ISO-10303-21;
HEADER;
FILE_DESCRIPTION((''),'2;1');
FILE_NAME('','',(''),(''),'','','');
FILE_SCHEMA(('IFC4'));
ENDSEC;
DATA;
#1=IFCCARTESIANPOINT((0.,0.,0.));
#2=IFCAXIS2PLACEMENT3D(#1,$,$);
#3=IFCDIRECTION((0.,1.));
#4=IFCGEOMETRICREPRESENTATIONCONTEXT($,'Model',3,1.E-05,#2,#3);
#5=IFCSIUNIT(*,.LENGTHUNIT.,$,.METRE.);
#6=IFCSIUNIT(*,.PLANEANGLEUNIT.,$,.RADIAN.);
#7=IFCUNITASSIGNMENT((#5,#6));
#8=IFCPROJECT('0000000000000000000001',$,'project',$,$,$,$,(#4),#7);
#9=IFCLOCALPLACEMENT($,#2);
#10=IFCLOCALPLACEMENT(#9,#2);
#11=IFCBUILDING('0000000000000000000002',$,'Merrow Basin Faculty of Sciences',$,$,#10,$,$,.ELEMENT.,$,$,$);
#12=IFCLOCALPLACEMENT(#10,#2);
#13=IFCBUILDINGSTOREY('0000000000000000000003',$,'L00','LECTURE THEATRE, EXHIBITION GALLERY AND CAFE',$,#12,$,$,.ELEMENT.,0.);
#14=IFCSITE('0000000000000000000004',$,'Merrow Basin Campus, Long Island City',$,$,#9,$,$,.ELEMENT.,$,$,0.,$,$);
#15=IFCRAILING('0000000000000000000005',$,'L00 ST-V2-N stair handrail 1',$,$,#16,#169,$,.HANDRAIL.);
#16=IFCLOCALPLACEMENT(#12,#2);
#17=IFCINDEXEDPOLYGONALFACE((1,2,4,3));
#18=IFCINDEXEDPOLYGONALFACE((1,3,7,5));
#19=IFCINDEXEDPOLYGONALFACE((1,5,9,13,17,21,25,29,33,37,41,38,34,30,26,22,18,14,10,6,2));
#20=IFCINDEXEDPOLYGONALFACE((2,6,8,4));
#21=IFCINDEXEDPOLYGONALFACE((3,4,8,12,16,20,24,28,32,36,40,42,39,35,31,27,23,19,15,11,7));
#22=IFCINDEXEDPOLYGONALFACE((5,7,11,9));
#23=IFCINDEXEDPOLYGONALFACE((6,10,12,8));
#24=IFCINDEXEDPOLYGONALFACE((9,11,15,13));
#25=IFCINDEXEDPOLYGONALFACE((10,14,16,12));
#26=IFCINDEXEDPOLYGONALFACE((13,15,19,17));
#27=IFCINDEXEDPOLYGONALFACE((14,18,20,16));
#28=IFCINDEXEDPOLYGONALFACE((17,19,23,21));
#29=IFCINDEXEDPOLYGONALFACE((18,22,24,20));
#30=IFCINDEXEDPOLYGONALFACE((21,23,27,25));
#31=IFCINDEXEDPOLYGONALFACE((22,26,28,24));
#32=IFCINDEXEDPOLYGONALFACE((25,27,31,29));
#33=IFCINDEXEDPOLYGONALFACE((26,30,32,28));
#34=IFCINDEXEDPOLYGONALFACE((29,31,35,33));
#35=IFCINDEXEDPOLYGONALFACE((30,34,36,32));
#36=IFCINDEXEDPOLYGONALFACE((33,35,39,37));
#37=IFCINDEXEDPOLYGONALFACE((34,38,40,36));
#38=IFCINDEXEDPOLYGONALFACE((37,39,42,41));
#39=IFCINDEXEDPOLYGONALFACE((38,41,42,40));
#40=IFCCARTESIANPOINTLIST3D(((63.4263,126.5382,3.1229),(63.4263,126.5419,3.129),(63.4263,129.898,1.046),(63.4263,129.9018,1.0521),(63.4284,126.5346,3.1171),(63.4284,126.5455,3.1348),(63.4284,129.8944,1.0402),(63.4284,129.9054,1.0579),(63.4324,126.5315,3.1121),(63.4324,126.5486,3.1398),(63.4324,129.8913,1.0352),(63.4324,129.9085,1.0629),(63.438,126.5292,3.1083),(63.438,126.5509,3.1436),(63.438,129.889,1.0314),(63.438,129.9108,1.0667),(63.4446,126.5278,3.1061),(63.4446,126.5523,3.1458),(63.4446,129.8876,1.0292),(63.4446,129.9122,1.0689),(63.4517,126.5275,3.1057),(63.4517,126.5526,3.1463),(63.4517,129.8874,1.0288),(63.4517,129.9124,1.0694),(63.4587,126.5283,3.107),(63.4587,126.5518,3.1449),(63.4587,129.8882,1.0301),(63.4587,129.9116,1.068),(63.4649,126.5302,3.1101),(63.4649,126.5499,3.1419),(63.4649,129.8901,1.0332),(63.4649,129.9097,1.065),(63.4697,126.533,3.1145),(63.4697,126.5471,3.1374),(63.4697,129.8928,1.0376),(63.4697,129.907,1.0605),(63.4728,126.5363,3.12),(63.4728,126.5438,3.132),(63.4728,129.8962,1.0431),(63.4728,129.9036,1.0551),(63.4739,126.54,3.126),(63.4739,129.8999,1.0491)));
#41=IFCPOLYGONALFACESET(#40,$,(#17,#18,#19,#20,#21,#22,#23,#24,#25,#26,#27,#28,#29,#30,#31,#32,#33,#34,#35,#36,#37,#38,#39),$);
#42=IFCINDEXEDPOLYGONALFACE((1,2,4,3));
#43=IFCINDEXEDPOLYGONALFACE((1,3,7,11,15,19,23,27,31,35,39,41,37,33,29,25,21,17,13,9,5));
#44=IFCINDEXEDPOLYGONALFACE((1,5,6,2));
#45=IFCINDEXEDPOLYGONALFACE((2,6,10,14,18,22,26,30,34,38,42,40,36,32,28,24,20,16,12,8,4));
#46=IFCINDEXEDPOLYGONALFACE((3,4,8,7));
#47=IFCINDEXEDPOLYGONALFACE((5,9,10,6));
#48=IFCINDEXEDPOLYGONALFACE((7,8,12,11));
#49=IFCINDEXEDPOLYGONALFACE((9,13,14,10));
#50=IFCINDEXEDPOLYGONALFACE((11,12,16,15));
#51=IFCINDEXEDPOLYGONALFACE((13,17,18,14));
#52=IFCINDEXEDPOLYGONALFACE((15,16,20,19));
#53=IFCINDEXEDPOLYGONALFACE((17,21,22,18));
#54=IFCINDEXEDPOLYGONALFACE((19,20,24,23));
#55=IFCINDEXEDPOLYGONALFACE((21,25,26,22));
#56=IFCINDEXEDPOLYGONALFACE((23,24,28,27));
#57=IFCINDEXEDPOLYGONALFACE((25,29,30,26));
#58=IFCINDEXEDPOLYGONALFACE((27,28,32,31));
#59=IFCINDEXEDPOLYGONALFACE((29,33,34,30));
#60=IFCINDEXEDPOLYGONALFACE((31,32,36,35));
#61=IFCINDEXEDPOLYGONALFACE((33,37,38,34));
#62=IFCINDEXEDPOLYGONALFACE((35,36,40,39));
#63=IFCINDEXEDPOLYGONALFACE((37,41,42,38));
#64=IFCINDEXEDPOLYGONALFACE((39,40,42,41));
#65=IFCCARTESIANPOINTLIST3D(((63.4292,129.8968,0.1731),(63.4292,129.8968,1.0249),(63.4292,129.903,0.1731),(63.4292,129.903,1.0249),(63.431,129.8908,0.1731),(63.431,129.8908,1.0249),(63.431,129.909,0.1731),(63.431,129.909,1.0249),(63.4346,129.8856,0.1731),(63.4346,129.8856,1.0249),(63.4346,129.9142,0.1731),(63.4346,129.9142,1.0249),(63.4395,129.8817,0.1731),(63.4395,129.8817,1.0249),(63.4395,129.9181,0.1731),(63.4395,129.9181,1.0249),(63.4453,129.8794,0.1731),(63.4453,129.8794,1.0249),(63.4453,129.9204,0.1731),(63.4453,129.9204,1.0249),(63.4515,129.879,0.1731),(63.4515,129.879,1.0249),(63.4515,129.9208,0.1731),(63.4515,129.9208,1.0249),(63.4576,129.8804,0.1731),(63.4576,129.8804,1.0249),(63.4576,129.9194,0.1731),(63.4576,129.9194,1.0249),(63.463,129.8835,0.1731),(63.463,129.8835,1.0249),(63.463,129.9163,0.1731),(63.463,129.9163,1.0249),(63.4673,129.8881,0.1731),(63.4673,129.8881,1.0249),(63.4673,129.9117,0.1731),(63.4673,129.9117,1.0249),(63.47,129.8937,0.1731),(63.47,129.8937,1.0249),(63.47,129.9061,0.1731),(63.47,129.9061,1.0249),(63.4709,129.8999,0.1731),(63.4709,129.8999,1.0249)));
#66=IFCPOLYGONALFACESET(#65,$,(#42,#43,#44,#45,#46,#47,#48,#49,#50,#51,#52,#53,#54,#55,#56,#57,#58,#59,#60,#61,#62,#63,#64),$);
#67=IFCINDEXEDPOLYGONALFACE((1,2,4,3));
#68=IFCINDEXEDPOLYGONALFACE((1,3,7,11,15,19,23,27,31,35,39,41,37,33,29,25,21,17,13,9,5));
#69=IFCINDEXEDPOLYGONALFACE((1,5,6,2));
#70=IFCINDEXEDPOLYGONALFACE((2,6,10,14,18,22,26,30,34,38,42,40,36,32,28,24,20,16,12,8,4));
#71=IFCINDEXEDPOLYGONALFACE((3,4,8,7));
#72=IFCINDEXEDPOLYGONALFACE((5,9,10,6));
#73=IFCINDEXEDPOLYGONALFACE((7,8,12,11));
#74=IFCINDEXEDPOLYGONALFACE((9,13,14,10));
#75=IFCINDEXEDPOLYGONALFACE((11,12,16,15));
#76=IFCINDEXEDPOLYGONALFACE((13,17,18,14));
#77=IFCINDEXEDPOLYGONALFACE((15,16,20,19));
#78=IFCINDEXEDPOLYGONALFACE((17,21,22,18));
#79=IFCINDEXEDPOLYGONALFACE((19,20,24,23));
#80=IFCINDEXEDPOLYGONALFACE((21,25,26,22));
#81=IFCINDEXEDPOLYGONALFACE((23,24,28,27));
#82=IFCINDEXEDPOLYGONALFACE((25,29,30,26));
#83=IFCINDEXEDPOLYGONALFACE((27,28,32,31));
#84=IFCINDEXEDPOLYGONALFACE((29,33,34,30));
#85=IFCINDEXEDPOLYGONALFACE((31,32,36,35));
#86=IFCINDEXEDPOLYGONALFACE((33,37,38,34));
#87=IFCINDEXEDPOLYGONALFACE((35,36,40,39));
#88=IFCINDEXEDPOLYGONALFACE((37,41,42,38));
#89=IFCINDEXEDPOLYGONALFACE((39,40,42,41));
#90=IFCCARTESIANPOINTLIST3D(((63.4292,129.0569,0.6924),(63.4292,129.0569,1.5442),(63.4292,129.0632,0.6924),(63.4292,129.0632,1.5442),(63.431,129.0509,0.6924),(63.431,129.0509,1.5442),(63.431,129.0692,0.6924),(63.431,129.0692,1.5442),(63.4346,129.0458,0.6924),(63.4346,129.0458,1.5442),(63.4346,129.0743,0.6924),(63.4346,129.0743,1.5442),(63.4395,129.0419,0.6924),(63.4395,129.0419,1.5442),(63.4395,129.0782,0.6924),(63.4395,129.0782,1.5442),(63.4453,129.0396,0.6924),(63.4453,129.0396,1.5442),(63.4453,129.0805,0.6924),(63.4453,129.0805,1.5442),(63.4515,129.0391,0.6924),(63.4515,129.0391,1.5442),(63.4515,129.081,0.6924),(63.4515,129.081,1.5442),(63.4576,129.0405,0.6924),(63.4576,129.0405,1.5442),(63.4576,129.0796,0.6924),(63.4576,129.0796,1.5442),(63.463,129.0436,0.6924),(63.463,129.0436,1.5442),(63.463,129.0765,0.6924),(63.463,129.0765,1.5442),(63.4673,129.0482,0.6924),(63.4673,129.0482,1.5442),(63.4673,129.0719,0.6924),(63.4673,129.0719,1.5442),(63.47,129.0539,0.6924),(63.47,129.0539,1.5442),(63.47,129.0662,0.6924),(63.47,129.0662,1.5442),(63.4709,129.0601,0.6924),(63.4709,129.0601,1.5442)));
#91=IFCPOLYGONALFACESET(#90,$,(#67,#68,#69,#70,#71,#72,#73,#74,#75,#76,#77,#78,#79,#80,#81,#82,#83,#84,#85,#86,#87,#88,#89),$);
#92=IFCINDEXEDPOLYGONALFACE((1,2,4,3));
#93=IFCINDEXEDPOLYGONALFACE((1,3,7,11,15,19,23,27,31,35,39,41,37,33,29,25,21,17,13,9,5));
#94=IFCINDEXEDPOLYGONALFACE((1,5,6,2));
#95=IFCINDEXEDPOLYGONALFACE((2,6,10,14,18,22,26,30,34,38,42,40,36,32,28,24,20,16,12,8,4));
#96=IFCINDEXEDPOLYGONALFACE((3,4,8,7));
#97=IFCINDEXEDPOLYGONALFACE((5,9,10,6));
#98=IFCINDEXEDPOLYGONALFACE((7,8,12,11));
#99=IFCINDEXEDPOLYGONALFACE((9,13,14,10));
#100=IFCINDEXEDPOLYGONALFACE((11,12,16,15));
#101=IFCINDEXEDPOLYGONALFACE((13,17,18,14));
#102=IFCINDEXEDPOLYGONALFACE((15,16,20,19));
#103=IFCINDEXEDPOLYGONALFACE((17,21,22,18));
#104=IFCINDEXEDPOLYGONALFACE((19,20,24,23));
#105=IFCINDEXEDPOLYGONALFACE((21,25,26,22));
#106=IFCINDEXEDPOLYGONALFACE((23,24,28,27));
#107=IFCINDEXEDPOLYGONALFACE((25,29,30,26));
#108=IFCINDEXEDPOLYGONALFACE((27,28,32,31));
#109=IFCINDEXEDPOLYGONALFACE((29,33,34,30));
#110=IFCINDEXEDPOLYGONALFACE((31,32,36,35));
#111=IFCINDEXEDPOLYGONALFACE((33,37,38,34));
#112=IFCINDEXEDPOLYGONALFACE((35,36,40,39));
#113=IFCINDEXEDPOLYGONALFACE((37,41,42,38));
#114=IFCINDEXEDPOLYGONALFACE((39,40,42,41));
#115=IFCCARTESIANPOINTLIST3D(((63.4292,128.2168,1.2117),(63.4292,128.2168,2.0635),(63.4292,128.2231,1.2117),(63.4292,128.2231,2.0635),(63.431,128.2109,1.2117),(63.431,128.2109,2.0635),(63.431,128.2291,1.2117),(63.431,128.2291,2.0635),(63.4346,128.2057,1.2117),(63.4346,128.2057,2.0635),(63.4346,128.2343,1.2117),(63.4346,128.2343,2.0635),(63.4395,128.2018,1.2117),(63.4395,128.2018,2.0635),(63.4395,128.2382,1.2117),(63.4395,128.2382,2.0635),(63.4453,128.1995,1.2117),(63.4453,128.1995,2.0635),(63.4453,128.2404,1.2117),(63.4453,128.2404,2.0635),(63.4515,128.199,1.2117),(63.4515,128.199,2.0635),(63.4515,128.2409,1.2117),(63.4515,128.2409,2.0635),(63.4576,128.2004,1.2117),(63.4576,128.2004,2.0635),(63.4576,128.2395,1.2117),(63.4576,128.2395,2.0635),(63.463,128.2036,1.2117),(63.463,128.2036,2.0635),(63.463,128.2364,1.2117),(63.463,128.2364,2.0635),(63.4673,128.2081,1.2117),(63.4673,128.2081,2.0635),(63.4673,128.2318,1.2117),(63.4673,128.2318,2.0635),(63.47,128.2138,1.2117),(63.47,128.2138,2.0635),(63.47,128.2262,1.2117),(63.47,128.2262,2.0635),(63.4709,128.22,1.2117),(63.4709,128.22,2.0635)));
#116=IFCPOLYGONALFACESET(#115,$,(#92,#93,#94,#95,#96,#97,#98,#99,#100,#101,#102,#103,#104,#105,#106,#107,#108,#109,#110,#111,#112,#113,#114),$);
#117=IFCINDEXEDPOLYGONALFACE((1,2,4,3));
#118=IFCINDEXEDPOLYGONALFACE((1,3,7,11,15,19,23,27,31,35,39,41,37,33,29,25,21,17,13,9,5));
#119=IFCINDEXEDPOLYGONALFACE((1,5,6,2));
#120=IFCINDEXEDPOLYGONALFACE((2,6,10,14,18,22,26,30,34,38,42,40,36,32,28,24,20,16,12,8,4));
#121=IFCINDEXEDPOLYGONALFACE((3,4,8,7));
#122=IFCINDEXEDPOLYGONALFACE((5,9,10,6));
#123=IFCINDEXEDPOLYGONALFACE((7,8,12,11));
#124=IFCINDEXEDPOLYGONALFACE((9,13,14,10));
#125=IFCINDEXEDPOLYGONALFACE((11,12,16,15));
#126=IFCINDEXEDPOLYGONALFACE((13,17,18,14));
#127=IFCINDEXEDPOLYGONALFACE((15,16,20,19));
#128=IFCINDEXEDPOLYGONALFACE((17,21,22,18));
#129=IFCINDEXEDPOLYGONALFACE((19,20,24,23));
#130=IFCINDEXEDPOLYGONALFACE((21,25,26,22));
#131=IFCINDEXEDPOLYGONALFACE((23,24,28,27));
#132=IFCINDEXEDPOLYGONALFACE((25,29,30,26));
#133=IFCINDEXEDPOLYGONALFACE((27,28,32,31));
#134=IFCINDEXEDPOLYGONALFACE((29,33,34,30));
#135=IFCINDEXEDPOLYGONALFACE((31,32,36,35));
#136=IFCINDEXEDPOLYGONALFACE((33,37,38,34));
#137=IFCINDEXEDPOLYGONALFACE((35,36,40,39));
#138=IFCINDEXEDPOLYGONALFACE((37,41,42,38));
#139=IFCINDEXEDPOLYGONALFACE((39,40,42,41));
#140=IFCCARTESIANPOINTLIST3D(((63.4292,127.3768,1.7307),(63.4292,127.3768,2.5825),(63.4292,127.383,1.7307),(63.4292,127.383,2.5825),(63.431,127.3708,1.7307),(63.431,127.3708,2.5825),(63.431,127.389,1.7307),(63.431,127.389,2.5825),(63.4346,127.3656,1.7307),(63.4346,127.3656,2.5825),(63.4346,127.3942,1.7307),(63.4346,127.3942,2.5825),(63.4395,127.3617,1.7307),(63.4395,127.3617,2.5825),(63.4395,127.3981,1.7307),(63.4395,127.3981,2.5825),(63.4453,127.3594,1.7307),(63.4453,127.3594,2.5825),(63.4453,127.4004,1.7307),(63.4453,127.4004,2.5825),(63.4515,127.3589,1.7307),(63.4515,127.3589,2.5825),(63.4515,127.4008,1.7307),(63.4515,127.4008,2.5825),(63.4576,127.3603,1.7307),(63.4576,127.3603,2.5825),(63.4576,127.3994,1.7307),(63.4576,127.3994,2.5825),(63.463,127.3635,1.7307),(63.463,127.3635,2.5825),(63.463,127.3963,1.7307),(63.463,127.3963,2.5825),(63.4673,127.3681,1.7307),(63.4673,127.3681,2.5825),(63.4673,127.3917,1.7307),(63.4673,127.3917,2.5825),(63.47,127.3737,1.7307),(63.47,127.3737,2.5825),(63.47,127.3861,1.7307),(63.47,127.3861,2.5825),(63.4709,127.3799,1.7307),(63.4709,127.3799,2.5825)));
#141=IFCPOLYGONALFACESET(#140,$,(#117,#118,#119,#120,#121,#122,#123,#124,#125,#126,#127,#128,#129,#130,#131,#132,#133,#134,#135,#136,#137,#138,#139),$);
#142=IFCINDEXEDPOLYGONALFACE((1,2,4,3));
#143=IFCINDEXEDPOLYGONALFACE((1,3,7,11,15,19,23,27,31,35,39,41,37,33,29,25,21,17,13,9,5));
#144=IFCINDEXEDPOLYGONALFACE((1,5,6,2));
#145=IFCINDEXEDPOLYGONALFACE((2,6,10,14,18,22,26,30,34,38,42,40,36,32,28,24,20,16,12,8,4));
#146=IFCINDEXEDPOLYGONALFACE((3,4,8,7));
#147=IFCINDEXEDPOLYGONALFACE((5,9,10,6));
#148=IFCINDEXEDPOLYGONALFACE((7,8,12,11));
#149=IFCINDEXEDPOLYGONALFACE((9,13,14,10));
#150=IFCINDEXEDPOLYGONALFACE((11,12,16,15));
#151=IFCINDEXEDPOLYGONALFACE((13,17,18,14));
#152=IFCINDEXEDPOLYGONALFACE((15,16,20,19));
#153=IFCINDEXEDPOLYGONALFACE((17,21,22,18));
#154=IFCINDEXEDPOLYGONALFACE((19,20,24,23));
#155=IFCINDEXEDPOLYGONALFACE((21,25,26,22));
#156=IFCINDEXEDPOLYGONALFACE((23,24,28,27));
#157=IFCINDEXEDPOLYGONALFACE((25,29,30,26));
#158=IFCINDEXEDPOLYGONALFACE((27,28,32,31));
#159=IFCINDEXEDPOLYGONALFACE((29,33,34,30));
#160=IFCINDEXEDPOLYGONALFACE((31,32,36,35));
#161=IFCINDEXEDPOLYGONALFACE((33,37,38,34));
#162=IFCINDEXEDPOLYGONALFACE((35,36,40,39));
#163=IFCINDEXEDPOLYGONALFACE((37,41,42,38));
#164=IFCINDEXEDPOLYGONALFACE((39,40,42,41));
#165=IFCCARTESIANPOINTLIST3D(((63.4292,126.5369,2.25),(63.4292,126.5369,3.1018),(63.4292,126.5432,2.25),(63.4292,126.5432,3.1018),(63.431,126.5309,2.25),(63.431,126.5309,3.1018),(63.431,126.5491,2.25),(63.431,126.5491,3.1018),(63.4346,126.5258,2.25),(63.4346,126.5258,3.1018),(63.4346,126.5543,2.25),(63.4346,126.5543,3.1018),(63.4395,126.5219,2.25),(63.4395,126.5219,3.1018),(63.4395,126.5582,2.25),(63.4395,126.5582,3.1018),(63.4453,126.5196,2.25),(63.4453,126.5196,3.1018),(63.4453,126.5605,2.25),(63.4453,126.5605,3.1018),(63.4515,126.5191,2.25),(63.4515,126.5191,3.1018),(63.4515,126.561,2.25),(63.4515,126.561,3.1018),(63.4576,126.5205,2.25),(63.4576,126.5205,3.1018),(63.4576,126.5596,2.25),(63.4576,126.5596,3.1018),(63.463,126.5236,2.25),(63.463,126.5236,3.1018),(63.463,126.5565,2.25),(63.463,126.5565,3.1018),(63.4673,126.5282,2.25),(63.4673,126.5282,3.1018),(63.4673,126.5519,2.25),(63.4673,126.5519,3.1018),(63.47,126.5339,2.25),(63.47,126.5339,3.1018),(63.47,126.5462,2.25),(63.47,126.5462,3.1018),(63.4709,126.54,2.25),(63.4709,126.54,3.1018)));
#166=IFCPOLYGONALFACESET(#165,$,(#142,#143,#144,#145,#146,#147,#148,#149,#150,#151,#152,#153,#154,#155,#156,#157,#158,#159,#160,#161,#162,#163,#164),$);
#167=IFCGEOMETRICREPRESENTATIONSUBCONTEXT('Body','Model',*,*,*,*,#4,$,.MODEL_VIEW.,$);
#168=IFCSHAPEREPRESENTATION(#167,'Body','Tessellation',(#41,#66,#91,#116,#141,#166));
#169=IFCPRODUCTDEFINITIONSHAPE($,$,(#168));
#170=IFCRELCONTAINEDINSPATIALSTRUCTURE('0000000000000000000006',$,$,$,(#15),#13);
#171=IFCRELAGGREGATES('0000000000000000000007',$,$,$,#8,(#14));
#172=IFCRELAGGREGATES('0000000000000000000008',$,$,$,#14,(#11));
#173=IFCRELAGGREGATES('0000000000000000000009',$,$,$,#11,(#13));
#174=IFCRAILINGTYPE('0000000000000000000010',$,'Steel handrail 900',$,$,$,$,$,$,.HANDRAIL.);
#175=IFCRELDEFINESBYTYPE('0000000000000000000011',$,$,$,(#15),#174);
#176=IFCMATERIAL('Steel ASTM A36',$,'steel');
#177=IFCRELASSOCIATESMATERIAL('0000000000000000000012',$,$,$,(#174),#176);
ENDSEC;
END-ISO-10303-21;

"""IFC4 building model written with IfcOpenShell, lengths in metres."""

from ifc_helpers import new_model, si_unit, direction, frame, origin, origin_2d, place, context, subcontext, project, spatial, circle, extrude, material, type_object, element, save


model = new_model("IFC4")

# Units and contexts
model_context = context("Model", 3, precision=1e-05, world=origin(), true_north=direction((0.0, 1.0)))
body_context = subcontext(model_context, "Body", "Model", "MODEL_VIEW")
ifc_project = project(units=[si_unit("LENGTHUNIT", "METRE"), si_unit("PLANEANGLEUNIT", "RADIAN")], contexts=[model_context])

# Site, building, storey
site_placement = place(None, origin())
site = spatial("IfcSite", under=ifc_project, at=site_placement, Name="Merrow Basin Campus, Long Island City", CompositionType="ELEMENT", RefElevation=0.0)
building_placement = place(site_placement, origin())
building = spatial("IfcBuilding", under=site, at=building_placement, Name="Merrow Basin Faculty of Sciences", CompositionType="ELEMENT")
storey_placement = place(building_placement, origin())
storey = spatial("IfcBuildingStorey", under=building, at=storey_placement, Name="L00", Description="LECTURE THEATRE, EXHIBITION GALLERY AND CAFE", CompositionType="ELEMENT", Elevation=0.0)

# Railing
ifc_material_1 = material(Name="Steel ASTM A36", Category="steel")
railing_type_1 = type_object("IfcRailingType", Name="Steel handrail 900", PredefinedType="HANDRAIL", material=ifc_material_1)
railing_1_placement = place(storey_placement, frame((63.45, 129.8999, 0.1731)))
element("IfcRailing", 1, at=railing_1_placement, inside=storey, type_object=railing_type_1, Name="L00 ST-V2-N stair handrail 1", PredefinedType="HANDRAIL", context=body_context, shape_type="SweptSolid", body=[
    extrude(circle(Radius=0.0239, at=origin_2d()), frame((0.0, 0.0, 0.876), z_axis=(0.0, -0.850606, 0.525803), x_axis=(1.0, 0.0, 0.0)), (0.0, 0.0, 1.0), 3.95),
    extrude(circle(Radius=0.021, at=origin_2d()), origin(), (0.0, 0.0, 1.0), 0.8518),
    extrude(circle(Radius=0.021, at=origin_2d()), frame((0.0, -0.8398, 0.5193)), (0.0, 0.0, 1.0), 0.8518),
    extrude(circle(Radius=0.021, at=origin_2d()), frame((0.0, -1.6799, 1.0386)), (0.0, 0.0, 1.0), 0.8518),
    extrude(circle(Radius=0.021, at=origin_2d()), frame((0.0, -2.52, 1.5576)), (0.0, 0.0, 1.0), 0.8518),
    extrude(circle(Radius=0.021, at=origin_2d()), frame((0.0, -3.3599, 2.0769)), (0.0, 0.0, 1.0), 0.8518),
])

save(model, "model.ifc")
